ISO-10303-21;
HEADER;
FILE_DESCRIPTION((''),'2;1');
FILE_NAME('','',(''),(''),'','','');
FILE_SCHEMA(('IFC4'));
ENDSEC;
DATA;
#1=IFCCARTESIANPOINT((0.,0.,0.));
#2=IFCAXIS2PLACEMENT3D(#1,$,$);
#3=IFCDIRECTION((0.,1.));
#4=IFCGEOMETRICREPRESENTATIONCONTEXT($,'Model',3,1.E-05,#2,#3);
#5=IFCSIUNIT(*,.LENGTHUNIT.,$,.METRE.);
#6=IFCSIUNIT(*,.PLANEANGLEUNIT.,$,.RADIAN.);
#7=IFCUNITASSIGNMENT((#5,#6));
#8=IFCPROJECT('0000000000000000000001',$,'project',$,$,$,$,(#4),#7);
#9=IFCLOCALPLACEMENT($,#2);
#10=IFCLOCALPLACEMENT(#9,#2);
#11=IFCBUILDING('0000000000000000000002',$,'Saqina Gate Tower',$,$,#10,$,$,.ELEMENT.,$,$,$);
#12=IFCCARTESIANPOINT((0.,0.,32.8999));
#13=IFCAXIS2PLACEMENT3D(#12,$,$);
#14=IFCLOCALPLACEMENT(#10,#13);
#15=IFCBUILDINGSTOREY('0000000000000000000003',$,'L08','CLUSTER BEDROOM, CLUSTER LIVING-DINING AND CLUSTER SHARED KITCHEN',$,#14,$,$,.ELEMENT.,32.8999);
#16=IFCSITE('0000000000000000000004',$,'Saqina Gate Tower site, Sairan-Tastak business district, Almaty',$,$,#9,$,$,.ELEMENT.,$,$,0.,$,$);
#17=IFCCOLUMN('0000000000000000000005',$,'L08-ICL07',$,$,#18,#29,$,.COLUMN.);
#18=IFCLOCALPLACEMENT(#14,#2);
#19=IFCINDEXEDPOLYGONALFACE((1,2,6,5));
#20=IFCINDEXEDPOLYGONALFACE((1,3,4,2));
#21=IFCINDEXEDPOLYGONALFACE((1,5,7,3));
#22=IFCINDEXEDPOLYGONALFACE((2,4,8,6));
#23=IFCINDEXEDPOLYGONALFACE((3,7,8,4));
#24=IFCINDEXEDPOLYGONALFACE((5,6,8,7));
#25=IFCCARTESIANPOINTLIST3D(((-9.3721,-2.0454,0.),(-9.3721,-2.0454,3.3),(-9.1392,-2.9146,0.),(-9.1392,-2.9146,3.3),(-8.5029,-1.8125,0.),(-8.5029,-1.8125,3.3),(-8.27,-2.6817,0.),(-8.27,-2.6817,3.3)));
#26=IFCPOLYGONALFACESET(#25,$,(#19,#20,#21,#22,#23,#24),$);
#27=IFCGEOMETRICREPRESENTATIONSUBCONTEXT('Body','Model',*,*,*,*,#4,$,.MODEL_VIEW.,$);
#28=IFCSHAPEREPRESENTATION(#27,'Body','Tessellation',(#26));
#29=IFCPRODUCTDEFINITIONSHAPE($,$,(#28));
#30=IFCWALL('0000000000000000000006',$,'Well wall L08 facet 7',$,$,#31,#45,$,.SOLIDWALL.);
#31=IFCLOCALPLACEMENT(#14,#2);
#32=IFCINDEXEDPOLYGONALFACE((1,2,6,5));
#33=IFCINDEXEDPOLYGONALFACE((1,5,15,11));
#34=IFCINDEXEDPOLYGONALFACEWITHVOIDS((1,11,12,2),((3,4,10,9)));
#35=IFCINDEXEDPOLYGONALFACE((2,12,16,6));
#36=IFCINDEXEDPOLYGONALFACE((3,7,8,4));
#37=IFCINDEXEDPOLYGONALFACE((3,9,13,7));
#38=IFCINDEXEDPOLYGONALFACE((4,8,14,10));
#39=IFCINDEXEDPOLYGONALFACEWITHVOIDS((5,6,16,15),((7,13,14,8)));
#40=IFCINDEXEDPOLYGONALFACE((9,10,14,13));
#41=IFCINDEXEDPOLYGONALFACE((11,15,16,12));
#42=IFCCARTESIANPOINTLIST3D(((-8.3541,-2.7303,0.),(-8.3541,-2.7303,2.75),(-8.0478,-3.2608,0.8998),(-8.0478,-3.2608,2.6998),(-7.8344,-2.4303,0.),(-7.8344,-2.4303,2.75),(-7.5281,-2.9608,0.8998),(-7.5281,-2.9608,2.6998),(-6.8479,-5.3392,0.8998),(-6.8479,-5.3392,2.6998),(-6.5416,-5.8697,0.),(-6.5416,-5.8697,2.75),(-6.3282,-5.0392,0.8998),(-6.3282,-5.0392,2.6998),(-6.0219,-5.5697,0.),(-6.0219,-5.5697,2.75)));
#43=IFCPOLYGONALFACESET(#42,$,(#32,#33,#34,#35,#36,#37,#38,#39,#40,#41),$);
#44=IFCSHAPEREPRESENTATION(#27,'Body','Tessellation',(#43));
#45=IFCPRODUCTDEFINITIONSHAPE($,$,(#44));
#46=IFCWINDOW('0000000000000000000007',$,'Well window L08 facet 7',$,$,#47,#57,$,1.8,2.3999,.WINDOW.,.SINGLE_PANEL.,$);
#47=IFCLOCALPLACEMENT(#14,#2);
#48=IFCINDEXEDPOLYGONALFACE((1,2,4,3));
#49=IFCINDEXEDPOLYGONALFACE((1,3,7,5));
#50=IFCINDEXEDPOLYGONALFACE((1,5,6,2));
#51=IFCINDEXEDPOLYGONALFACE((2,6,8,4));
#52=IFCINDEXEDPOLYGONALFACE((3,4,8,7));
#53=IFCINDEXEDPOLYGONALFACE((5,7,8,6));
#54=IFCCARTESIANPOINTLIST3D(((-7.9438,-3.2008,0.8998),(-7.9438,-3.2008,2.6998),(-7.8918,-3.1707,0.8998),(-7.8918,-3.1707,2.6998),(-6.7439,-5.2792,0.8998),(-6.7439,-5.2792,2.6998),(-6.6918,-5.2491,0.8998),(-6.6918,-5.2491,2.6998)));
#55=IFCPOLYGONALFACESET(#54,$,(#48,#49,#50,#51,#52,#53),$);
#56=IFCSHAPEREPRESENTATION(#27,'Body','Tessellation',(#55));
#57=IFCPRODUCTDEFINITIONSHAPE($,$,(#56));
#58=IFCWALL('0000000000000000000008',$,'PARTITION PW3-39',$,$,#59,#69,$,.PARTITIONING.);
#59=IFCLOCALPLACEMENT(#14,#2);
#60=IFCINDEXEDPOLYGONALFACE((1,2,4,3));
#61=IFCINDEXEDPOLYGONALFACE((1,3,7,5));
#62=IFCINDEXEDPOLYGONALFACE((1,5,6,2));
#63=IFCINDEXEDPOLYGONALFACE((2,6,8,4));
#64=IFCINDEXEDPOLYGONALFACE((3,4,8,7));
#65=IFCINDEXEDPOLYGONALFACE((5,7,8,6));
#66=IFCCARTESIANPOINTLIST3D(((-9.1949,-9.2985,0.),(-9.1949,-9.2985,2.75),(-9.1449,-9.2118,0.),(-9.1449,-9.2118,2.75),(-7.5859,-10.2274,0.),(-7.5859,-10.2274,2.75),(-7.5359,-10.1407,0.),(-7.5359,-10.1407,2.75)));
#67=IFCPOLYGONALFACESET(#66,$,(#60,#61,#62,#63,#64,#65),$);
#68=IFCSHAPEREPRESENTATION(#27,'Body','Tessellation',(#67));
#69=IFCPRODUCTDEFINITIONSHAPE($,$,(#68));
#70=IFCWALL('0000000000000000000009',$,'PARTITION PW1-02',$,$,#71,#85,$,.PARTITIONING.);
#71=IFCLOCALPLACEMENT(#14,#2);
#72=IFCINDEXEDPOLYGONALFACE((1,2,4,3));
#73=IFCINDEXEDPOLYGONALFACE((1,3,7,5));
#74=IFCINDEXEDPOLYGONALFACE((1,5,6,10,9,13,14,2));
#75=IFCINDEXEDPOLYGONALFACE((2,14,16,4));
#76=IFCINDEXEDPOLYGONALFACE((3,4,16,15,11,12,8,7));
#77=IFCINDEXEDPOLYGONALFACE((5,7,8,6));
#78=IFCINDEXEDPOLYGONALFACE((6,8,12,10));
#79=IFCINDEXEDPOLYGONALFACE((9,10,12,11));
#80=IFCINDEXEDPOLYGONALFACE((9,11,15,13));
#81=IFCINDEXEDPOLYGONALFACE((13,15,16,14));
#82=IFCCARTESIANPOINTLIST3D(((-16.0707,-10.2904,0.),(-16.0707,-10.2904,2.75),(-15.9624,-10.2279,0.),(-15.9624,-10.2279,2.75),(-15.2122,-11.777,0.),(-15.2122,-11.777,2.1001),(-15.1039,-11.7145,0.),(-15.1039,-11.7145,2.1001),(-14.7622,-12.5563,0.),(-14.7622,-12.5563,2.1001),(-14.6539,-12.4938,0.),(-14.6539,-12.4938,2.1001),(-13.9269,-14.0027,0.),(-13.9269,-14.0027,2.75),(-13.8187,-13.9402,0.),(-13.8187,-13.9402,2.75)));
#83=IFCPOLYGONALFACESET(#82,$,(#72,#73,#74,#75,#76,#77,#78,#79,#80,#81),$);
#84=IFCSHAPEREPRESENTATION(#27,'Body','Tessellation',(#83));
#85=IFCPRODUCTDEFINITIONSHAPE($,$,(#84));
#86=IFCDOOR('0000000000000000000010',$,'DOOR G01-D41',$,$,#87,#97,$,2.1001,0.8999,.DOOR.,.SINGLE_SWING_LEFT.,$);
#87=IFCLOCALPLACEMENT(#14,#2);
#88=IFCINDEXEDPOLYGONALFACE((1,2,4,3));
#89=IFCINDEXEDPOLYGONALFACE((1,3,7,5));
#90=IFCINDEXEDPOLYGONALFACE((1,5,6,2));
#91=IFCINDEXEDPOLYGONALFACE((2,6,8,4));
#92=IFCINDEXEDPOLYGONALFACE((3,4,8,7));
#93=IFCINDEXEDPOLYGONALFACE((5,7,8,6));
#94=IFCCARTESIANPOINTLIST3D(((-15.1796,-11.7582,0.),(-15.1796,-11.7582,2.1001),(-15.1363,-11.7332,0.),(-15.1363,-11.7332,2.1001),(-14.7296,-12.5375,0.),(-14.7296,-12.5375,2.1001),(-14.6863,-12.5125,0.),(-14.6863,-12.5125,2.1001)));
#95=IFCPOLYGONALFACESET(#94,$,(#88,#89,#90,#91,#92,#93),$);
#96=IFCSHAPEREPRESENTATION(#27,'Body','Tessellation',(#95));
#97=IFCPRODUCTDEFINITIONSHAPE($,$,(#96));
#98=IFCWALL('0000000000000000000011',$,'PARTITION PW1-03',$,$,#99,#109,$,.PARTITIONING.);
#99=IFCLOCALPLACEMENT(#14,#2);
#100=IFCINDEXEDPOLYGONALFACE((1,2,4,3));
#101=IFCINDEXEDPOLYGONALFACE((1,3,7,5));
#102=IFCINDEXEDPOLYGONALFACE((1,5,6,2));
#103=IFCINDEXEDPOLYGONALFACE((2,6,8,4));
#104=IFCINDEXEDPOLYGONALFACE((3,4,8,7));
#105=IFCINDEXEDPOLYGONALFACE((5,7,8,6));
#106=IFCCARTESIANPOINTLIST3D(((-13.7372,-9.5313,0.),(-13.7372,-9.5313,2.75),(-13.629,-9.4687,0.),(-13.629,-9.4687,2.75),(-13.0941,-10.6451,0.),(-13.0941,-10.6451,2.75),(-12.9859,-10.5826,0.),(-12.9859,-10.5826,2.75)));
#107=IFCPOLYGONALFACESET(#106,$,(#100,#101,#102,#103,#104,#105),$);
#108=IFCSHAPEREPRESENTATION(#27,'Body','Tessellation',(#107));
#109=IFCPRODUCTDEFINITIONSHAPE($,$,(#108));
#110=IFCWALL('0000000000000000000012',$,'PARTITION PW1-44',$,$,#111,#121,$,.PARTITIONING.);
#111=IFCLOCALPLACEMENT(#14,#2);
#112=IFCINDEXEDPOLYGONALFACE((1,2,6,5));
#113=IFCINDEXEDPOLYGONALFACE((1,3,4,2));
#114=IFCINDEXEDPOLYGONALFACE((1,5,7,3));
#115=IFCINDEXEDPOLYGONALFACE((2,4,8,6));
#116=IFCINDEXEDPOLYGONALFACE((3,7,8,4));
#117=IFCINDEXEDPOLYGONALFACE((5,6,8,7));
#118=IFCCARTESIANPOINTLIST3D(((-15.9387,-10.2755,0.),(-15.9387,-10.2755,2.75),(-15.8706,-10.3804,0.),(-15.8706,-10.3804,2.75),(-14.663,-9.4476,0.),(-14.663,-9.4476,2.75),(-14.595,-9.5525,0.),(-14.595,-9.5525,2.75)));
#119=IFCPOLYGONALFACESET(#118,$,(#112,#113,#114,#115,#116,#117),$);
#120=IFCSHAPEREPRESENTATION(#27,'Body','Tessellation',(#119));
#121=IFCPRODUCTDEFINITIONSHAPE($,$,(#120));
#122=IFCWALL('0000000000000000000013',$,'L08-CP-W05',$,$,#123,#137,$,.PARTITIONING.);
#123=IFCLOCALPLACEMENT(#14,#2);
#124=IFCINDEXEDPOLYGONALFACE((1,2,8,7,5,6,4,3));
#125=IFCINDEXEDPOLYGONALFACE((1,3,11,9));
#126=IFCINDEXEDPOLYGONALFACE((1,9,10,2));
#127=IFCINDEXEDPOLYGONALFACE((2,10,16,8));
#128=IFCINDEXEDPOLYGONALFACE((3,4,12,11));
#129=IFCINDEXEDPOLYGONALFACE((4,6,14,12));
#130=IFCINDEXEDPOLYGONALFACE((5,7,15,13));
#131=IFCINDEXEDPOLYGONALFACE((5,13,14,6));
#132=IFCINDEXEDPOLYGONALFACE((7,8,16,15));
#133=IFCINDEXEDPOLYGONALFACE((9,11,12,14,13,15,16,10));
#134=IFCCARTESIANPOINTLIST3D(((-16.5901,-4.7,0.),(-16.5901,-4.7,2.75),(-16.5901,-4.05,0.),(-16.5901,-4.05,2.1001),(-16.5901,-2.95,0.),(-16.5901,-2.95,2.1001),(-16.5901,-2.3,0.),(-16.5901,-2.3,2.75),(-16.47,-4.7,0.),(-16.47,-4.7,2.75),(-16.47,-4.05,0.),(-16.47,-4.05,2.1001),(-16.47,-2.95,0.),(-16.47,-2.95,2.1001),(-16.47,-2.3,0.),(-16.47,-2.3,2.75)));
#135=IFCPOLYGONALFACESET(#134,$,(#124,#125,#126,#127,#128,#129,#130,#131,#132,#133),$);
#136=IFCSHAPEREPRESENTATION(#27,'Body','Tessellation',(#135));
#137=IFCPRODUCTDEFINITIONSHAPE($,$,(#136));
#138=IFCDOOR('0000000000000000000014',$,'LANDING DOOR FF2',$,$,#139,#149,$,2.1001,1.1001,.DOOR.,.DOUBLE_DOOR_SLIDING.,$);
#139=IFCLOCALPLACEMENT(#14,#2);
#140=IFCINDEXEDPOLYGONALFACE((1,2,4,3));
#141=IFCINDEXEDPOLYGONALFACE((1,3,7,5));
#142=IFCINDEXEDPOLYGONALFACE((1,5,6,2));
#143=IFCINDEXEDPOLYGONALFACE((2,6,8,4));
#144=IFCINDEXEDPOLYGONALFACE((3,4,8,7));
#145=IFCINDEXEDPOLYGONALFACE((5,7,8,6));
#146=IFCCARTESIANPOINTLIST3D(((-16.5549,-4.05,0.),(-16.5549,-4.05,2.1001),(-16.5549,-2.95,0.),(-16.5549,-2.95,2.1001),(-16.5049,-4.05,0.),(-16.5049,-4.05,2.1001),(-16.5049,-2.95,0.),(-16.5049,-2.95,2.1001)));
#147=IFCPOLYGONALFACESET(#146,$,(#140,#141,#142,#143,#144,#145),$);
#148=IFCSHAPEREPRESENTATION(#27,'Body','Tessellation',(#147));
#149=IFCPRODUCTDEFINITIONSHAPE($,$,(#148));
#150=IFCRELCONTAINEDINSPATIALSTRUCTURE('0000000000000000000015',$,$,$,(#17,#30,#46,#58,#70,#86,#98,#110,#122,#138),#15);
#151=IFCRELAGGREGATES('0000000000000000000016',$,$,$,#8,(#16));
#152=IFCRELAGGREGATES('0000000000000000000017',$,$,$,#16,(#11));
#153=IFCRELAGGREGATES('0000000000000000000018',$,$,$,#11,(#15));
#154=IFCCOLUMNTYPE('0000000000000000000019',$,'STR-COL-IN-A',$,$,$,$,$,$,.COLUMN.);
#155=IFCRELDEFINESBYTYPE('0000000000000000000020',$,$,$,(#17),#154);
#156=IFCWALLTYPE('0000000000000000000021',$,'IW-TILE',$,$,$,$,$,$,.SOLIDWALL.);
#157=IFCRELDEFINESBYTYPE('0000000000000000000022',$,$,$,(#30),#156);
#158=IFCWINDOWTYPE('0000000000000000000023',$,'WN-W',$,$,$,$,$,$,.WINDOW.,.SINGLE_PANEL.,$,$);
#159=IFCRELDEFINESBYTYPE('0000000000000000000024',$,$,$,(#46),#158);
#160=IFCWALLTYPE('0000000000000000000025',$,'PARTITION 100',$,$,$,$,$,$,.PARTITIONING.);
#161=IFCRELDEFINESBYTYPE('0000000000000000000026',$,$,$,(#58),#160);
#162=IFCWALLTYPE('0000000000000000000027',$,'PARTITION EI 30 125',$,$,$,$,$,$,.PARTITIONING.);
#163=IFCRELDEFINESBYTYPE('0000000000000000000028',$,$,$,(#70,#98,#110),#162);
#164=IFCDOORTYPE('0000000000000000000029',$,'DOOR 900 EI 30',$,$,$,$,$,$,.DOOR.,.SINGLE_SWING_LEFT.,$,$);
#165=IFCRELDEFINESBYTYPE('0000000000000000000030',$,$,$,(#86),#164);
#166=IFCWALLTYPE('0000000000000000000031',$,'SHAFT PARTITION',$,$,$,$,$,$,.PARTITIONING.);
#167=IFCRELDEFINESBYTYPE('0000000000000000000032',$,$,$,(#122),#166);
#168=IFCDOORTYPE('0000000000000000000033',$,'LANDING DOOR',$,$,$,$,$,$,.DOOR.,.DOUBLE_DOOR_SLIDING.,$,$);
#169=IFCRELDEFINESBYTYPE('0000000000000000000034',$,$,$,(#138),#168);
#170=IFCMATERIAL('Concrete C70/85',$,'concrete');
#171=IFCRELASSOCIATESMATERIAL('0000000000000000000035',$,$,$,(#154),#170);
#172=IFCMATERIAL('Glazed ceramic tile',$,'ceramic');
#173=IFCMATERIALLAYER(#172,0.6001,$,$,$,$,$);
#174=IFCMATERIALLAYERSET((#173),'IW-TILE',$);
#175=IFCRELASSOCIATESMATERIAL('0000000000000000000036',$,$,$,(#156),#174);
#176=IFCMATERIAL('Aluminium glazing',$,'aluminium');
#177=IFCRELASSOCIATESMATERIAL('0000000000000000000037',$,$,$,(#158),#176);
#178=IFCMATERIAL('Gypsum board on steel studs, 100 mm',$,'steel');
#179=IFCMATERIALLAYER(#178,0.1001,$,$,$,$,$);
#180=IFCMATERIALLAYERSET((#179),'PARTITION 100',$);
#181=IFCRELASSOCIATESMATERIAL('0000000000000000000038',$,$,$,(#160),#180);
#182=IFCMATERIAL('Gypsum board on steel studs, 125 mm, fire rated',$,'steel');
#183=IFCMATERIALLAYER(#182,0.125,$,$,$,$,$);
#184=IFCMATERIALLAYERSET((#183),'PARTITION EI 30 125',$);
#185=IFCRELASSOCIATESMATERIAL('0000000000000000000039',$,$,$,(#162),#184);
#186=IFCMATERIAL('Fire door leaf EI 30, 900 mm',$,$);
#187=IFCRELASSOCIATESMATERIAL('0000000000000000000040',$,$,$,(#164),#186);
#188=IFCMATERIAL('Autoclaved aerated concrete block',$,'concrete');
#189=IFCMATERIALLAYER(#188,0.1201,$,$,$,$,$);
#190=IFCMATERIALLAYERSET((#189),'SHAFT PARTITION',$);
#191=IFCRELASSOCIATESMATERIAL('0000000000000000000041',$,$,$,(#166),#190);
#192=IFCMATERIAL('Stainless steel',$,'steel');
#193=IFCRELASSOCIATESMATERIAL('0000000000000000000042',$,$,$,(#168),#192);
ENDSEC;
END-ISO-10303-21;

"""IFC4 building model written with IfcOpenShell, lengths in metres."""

from ifc_helpers import new_model, si_unit, direction, frame, frame_2d, origin, origin_2d, place, context, subcontext, project, spatial, rectangle, extrude, material, layer, layer_set, material_profile, profile_set, type_object, element, fill, save


model = new_model("IFC4")

# Units and contexts
model_context = context("Model", 3, precision=1e-05, world=origin(), true_north=direction((0.0, 1.0)))
body_context = subcontext(model_context, "Body", "Model", "MODEL_VIEW")
ifc_project = project(units=[si_unit("LENGTHUNIT", "METRE"), si_unit("PLANEANGLEUNIT", "RADIAN")], contexts=[model_context])

# Site, building, storey
site_placement = place(None, origin())
site = spatial("IfcSite", under=ifc_project, at=site_placement, Name="Saqina Gate Tower site, Sairan-Tastak business district, Almaty", CompositionType="ELEMENT", RefElevation=0.0)
building_placement = place(site_placement, origin())
building = spatial("IfcBuilding", under=site, at=building_placement, Name="Saqina Gate Tower", CompositionType="ELEMENT")
storey_placement = place(building_placement, frame((0.0, 0.0, 32.8999)))
storey = spatial("IfcBuildingStorey", under=building, at=storey_placement, Name="L08", Description="CLUSTER BEDROOM, CLUSTER LIVING-DINING AND CLUSTER SHARED KITCHEN", CompositionType="ELEMENT", Elevation=32.8999)

# Column
ifc_material_1 = material(Name="Concrete C70/85", Category="concrete")
ifc_material_profile = material_profile(ifc_material_1, rectangle(XDim=0.8999, YDim=0.8999, at=origin_2d()), Name="RC 900x900")
ifc_profile_set = profile_set([ifc_material_profile], Name="Concrete C70/85")
column_type = type_object("IfcColumnType", Name="STR-COL-IN-A", PredefinedType="COLUMN", material=ifc_profile_set)
column_placement = place(storey_placement, frame((-8.821, -2.3635, 0.0), z_axis=(0.0, 0.0, 1.0), x_axis=(-0.965926, -0.258819, 0.0)))
element("IfcColumn", 1, at=column_placement, inside=storey, type_object=column_type, Name="L08-ICL07", PredefinedType="COLUMN", context=body_context, shape_type="SweptSolid", body=[
    extrude(rectangle(XDim=0.8999, YDim=0.8999, at=origin_2d()), origin(), (0.0, 0.0, 1.0), 3.3),
])

# Wall, opening, window
ifc_material_2 = material(Name="Glazed ceramic tile", Category="ceramic")
ifc_layer_1 = layer(ifc_material_2, 0.6001)
ifc_layer_set_1 = layer_set([ifc_layer_1], Name="IW-TILE")
wall_type_1 = type_object("IfcWallType", Name="IW-TILE", PredefinedType="SOLIDWALL", material=ifc_layer_set_1)
wall_1_placement = place(storey_placement, frame((-8.0942, -2.5803, 0.0), z_axis=(0.0, 0.0, 1.0), x_axis=(0.499993, -0.86603, 0.0)))
wall_1 = element("IfcWall", 2, at=wall_1_placement, inside=storey, type_object=wall_type_1, Name="Well wall L08 facet 7", PredefinedType="SOLIDWALL", context=body_context, shape_type="SweptSolid", body=[
    extrude(rectangle(XDim=3.625, YDim=0.6001, at=frame_2d((1.8125, 0.0))), origin(), (0.0, 0.0, 1.0), 2.75),
])
opening_1_placement = place(wall_1_placement, frame((0.6125, 0.0, 0.8999)))
opening_1 = element("IfcOpeningElement", 3, at=opening_1_placement, cuts=wall_1, PredefinedType="OPENING", context=body_context, shape_type="SweptSolid", body=[
    extrude(rectangle(XDim=2.3999, YDim=1.8, at=frame_2d((1.2, 0.8999))), frame((0.0, 0.312, 0.0), z_axis=(0.0, -1.0, 0.0), x_axis=(1.0, 0.0, 0.0)), (0.0, 0.0, 1.0), 0.624),
])
ifc_material_3 = material(Name="Aluminium glazing", Category="aluminium")
window_type = type_object("IfcWindowType", Name="WN-W", PartitioningType="SINGLE_PANEL", PredefinedType="WINDOW", material=ifc_material_3)
window_placement = place(opening_1_placement, origin())
window = element("IfcWindow", 4, at=window_placement, inside=storey, type_object=window_type, Name="Well window L08 facet 7", OverallHeight=1.8, OverallWidth=2.3999, PartitioningType="SINGLE_PANEL", PredefinedType="WINDOW", context=body_context, shape_type="SweptSolid", body=[
    extrude(rectangle(XDim=2.3999, YDim=1.8, at=frame_2d((1.2, 0.8999))), frame((0.0, -0.1199, 0.0), z_axis=(0.0, -1.0, 0.0), x_axis=(1.0, 0.0, 0.0)), (0.0, 0.0, 1.0), 0.0601),
])
fill(opening_1, window)

# Wall
ifc_material_4 = material(Name="Gypsum board on steel studs, 100 mm", Category="steel")
ifc_layer_2 = layer(ifc_material_4, 0.1001)
ifc_layer_set_2 = layer_set([ifc_layer_2], Name="PARTITION 100")
wall_type_2 = type_object("IfcWallType", Name="PARTITION 100", PredefinedType="PARTITIONING", material=ifc_layer_set_2)
wall_2_placement = place(storey_placement, frame((-9.1699, -9.2551, 0.0), z_axis=(0.0, 0.0, 1.0), x_axis=(0.866043, -0.499969, 0.0)))
element("IfcWall", 5, at=wall_2_placement, inside=storey, type_object=wall_type_2, Name="PARTITION PW3-39", PredefinedType="PARTITIONING", context=body_context, shape_type="SweptSolid", body=[
    extrude(rectangle(XDim=1.8579, YDim=0.1001, at=frame_2d((0.929, 0.0))), origin(), (0.0, 0.0, 1.0), 2.75),
])

# Wall, opening, door
ifc_material_5 = material(Name="Gypsum board on steel studs, 125 mm, fire rated", Category="steel")
ifc_layer_3 = layer(ifc_material_5, 0.125)
ifc_layer_set_3 = layer_set([ifc_layer_3], Name="PARTITION EI 30 125")
wall_type_3 = type_object("IfcWallType", Name="PARTITION EI 30 125", PredefinedType="PARTITIONING", material=ifc_layer_set_3)
wall_3_placement = place(storey_placement, frame((-16.0166, -10.259, 0.0), z_axis=(0.0, 0.0, 1.0), x_axis=(0.500077, -0.865981, 0.0)))
wall_3 = element("IfcWall", 6, at=wall_3_placement, inside=storey, type_object=wall_type_3, Name="PARTITION PW1-02", PredefinedType="PARTITIONING", context=body_context, shape_type="SweptSolid", body=[
    extrude(rectangle(XDim=4.2869, YDim=0.125, at=frame_2d((2.1436, 0.0))), origin(), (0.0, 0.0, 1.0), 2.75),
])
opening_2_placement = place(wall_3_placement, frame((1.7168, 0.0, 0.0)))
opening_2 = element("IfcOpeningElement", 7, at=opening_2_placement, cuts=wall_3, PredefinedType="OPENING", context=body_context, shape_type="SweptSolid", body=[
    extrude(rectangle(XDim=0.8999, YDim=2.1001, at=frame_2d((0.45, 1.05))), frame((0.0, 0.0745, 0.0), z_axis=(0.0, -1.0, 0.0), x_axis=(1.0, 0.0, 0.0)), (0.0, 0.0, 1.0), 0.1489),
])
ifc_material_6 = material(Name="Fire door leaf EI 30, 900 mm")
door_type_1 = type_object("IfcDoorType", Name="DOOR 900 EI 30", OperationType="SINGLE_SWING_LEFT", PredefinedType="DOOR", material=ifc_material_6)
door_1_placement = place(opening_2_placement, frame((0.8999, 0.0, 0.0), z_axis=(0.0, 0.0, 1.0), x_axis=(-1.0, 0.0, 0.0)))
door_1 = element("IfcDoor", 8, at=door_1_placement, inside=storey, type_object=door_type_1, Name="DOOR G01-D41", OperationType="SINGLE_SWING_LEFT", OverallHeight=2.1001, OverallWidth=0.8999, PredefinedType="DOOR", context=body_context, shape_type="SweptSolid", body=[
    extrude(rectangle(XDim=0.8999, YDim=2.1001, at=frame_2d((0.45, 1.05))), frame((0.0, 0.0249, 0.0), z_axis=(0.0, -1.0, 0.0), x_axis=(1.0, 0.0, 0.0)), (0.0, 0.0, 1.0), 0.05),
])
fill(opening_2, door_1)

# Walls
wall_4_placement = place(storey_placement, frame((-13.6831, -9.5, 0.0), z_axis=(0.0, 0.0, 1.0), x_axis=(0.500018, -0.866015, 0.0)))
element("IfcWall", 9, at=wall_4_placement, inside=storey, type_object=wall_type_3, Name="PARTITION PW1-03", PredefinedType="PARTITIONING", context=body_context, shape_type="SweptSolid", body=[
    extrude(rectangle(XDim=1.2861, YDim=0.125, at=frame_2d((0.6431, 0.0))), origin(), (0.0, 0.0, 1.0), 2.75),
])
wall_5_placement = place(storey_placement, frame((-15.9045, -10.3279, 0.0), z_axis=(0.0, 0.0, 1.0), x_axis=(0.838829, 0.544396, 0.0)))
element("IfcWall", 10, at=wall_5_placement, inside=storey, type_object=wall_type_3, Name="PARTITION PW1-44", PredefinedType="PARTITIONING", context=body_context, shape_type="SweptSolid", body=[
    extrude(rectangle(XDim=1.5208, YDim=0.125, at=frame_2d((0.7603, 0.0))), origin(), (0.0, 0.0, 1.0), 2.75),
])

# Wall, opening, door
ifc_material_7 = material(Name="Autoclaved aerated concrete block", Category="concrete")
ifc_layer_4 = layer(ifc_material_7, 0.1201)
ifc_layer_set_4 = layer_set([ifc_layer_4], Name="SHAFT PARTITION")
wall_type_4 = type_object("IfcWallType", Name="SHAFT PARTITION", PredefinedType="PARTITIONING", material=ifc_layer_set_4)
wall_6_placement = place(storey_placement, frame((-16.53, -4.7, 0.0), z_axis=(0.0, 0.0, 1.0), x_axis=(0.0, 1.0, 0.0)))
wall_6 = element("IfcWall", 11, at=wall_6_placement, inside=storey, type_object=wall_type_4, Name="L08-CP-W05", PredefinedType="PARTITIONING", context=body_context, shape_type="SweptSolid", body=[
    extrude(rectangle(XDim=2.3999, YDim=0.1201, at=frame_2d((1.2, 0.0))), origin(), (0.0, 0.0, 1.0), 2.75),
])
opening_3_placement = place(wall_6_placement, frame((0.6499, 0.0, 0.0)))
opening_3 = element("IfcOpeningElement", 12, at=opening_3_placement, cuts=wall_6, PredefinedType="OPENING", context=body_context, shape_type="SweptSolid", body=[
    extrude(rectangle(XDim=1.1001, YDim=2.1001, at=frame_2d((0.55, 1.05))), frame((0.0, 0.072, 0.0), z_axis=(0.0, -1.0, 0.0), x_axis=(1.0, 0.0, 0.0)), (0.0, 0.0, 1.0), 0.144),
])
ifc_material_8 = material(Name="Stainless steel", Category="steel")
door_type_2 = type_object("IfcDoorType", Name="LANDING DOOR", OperationType="DOUBLE_DOOR_SLIDING", PredefinedType="DOOR", material=ifc_material_8)
door_2_placement = place(opening_3_placement, origin())
door_2 = element("IfcDoor", 13, at=door_2_placement, inside=storey, type_object=door_type_2, Name="LANDING DOOR FF2", OperationType="DOUBLE_DOOR_SLIDING", OverallHeight=2.1001, OverallWidth=1.1001, PredefinedType="DOOR", context=body_context, shape_type="SweptSolid", body=[
    extrude(rectangle(XDim=1.1001, YDim=2.1001, at=frame_2d((0.55, 1.05))), frame((0.0, 0.0249, 0.0), z_axis=(0.0, -1.0, 0.0), x_axis=(1.0, 0.0, 0.0)), (0.0, 0.0, 1.0), 0.05),
])
fill(opening_3, door_2)

save(model, "model.ifc")
